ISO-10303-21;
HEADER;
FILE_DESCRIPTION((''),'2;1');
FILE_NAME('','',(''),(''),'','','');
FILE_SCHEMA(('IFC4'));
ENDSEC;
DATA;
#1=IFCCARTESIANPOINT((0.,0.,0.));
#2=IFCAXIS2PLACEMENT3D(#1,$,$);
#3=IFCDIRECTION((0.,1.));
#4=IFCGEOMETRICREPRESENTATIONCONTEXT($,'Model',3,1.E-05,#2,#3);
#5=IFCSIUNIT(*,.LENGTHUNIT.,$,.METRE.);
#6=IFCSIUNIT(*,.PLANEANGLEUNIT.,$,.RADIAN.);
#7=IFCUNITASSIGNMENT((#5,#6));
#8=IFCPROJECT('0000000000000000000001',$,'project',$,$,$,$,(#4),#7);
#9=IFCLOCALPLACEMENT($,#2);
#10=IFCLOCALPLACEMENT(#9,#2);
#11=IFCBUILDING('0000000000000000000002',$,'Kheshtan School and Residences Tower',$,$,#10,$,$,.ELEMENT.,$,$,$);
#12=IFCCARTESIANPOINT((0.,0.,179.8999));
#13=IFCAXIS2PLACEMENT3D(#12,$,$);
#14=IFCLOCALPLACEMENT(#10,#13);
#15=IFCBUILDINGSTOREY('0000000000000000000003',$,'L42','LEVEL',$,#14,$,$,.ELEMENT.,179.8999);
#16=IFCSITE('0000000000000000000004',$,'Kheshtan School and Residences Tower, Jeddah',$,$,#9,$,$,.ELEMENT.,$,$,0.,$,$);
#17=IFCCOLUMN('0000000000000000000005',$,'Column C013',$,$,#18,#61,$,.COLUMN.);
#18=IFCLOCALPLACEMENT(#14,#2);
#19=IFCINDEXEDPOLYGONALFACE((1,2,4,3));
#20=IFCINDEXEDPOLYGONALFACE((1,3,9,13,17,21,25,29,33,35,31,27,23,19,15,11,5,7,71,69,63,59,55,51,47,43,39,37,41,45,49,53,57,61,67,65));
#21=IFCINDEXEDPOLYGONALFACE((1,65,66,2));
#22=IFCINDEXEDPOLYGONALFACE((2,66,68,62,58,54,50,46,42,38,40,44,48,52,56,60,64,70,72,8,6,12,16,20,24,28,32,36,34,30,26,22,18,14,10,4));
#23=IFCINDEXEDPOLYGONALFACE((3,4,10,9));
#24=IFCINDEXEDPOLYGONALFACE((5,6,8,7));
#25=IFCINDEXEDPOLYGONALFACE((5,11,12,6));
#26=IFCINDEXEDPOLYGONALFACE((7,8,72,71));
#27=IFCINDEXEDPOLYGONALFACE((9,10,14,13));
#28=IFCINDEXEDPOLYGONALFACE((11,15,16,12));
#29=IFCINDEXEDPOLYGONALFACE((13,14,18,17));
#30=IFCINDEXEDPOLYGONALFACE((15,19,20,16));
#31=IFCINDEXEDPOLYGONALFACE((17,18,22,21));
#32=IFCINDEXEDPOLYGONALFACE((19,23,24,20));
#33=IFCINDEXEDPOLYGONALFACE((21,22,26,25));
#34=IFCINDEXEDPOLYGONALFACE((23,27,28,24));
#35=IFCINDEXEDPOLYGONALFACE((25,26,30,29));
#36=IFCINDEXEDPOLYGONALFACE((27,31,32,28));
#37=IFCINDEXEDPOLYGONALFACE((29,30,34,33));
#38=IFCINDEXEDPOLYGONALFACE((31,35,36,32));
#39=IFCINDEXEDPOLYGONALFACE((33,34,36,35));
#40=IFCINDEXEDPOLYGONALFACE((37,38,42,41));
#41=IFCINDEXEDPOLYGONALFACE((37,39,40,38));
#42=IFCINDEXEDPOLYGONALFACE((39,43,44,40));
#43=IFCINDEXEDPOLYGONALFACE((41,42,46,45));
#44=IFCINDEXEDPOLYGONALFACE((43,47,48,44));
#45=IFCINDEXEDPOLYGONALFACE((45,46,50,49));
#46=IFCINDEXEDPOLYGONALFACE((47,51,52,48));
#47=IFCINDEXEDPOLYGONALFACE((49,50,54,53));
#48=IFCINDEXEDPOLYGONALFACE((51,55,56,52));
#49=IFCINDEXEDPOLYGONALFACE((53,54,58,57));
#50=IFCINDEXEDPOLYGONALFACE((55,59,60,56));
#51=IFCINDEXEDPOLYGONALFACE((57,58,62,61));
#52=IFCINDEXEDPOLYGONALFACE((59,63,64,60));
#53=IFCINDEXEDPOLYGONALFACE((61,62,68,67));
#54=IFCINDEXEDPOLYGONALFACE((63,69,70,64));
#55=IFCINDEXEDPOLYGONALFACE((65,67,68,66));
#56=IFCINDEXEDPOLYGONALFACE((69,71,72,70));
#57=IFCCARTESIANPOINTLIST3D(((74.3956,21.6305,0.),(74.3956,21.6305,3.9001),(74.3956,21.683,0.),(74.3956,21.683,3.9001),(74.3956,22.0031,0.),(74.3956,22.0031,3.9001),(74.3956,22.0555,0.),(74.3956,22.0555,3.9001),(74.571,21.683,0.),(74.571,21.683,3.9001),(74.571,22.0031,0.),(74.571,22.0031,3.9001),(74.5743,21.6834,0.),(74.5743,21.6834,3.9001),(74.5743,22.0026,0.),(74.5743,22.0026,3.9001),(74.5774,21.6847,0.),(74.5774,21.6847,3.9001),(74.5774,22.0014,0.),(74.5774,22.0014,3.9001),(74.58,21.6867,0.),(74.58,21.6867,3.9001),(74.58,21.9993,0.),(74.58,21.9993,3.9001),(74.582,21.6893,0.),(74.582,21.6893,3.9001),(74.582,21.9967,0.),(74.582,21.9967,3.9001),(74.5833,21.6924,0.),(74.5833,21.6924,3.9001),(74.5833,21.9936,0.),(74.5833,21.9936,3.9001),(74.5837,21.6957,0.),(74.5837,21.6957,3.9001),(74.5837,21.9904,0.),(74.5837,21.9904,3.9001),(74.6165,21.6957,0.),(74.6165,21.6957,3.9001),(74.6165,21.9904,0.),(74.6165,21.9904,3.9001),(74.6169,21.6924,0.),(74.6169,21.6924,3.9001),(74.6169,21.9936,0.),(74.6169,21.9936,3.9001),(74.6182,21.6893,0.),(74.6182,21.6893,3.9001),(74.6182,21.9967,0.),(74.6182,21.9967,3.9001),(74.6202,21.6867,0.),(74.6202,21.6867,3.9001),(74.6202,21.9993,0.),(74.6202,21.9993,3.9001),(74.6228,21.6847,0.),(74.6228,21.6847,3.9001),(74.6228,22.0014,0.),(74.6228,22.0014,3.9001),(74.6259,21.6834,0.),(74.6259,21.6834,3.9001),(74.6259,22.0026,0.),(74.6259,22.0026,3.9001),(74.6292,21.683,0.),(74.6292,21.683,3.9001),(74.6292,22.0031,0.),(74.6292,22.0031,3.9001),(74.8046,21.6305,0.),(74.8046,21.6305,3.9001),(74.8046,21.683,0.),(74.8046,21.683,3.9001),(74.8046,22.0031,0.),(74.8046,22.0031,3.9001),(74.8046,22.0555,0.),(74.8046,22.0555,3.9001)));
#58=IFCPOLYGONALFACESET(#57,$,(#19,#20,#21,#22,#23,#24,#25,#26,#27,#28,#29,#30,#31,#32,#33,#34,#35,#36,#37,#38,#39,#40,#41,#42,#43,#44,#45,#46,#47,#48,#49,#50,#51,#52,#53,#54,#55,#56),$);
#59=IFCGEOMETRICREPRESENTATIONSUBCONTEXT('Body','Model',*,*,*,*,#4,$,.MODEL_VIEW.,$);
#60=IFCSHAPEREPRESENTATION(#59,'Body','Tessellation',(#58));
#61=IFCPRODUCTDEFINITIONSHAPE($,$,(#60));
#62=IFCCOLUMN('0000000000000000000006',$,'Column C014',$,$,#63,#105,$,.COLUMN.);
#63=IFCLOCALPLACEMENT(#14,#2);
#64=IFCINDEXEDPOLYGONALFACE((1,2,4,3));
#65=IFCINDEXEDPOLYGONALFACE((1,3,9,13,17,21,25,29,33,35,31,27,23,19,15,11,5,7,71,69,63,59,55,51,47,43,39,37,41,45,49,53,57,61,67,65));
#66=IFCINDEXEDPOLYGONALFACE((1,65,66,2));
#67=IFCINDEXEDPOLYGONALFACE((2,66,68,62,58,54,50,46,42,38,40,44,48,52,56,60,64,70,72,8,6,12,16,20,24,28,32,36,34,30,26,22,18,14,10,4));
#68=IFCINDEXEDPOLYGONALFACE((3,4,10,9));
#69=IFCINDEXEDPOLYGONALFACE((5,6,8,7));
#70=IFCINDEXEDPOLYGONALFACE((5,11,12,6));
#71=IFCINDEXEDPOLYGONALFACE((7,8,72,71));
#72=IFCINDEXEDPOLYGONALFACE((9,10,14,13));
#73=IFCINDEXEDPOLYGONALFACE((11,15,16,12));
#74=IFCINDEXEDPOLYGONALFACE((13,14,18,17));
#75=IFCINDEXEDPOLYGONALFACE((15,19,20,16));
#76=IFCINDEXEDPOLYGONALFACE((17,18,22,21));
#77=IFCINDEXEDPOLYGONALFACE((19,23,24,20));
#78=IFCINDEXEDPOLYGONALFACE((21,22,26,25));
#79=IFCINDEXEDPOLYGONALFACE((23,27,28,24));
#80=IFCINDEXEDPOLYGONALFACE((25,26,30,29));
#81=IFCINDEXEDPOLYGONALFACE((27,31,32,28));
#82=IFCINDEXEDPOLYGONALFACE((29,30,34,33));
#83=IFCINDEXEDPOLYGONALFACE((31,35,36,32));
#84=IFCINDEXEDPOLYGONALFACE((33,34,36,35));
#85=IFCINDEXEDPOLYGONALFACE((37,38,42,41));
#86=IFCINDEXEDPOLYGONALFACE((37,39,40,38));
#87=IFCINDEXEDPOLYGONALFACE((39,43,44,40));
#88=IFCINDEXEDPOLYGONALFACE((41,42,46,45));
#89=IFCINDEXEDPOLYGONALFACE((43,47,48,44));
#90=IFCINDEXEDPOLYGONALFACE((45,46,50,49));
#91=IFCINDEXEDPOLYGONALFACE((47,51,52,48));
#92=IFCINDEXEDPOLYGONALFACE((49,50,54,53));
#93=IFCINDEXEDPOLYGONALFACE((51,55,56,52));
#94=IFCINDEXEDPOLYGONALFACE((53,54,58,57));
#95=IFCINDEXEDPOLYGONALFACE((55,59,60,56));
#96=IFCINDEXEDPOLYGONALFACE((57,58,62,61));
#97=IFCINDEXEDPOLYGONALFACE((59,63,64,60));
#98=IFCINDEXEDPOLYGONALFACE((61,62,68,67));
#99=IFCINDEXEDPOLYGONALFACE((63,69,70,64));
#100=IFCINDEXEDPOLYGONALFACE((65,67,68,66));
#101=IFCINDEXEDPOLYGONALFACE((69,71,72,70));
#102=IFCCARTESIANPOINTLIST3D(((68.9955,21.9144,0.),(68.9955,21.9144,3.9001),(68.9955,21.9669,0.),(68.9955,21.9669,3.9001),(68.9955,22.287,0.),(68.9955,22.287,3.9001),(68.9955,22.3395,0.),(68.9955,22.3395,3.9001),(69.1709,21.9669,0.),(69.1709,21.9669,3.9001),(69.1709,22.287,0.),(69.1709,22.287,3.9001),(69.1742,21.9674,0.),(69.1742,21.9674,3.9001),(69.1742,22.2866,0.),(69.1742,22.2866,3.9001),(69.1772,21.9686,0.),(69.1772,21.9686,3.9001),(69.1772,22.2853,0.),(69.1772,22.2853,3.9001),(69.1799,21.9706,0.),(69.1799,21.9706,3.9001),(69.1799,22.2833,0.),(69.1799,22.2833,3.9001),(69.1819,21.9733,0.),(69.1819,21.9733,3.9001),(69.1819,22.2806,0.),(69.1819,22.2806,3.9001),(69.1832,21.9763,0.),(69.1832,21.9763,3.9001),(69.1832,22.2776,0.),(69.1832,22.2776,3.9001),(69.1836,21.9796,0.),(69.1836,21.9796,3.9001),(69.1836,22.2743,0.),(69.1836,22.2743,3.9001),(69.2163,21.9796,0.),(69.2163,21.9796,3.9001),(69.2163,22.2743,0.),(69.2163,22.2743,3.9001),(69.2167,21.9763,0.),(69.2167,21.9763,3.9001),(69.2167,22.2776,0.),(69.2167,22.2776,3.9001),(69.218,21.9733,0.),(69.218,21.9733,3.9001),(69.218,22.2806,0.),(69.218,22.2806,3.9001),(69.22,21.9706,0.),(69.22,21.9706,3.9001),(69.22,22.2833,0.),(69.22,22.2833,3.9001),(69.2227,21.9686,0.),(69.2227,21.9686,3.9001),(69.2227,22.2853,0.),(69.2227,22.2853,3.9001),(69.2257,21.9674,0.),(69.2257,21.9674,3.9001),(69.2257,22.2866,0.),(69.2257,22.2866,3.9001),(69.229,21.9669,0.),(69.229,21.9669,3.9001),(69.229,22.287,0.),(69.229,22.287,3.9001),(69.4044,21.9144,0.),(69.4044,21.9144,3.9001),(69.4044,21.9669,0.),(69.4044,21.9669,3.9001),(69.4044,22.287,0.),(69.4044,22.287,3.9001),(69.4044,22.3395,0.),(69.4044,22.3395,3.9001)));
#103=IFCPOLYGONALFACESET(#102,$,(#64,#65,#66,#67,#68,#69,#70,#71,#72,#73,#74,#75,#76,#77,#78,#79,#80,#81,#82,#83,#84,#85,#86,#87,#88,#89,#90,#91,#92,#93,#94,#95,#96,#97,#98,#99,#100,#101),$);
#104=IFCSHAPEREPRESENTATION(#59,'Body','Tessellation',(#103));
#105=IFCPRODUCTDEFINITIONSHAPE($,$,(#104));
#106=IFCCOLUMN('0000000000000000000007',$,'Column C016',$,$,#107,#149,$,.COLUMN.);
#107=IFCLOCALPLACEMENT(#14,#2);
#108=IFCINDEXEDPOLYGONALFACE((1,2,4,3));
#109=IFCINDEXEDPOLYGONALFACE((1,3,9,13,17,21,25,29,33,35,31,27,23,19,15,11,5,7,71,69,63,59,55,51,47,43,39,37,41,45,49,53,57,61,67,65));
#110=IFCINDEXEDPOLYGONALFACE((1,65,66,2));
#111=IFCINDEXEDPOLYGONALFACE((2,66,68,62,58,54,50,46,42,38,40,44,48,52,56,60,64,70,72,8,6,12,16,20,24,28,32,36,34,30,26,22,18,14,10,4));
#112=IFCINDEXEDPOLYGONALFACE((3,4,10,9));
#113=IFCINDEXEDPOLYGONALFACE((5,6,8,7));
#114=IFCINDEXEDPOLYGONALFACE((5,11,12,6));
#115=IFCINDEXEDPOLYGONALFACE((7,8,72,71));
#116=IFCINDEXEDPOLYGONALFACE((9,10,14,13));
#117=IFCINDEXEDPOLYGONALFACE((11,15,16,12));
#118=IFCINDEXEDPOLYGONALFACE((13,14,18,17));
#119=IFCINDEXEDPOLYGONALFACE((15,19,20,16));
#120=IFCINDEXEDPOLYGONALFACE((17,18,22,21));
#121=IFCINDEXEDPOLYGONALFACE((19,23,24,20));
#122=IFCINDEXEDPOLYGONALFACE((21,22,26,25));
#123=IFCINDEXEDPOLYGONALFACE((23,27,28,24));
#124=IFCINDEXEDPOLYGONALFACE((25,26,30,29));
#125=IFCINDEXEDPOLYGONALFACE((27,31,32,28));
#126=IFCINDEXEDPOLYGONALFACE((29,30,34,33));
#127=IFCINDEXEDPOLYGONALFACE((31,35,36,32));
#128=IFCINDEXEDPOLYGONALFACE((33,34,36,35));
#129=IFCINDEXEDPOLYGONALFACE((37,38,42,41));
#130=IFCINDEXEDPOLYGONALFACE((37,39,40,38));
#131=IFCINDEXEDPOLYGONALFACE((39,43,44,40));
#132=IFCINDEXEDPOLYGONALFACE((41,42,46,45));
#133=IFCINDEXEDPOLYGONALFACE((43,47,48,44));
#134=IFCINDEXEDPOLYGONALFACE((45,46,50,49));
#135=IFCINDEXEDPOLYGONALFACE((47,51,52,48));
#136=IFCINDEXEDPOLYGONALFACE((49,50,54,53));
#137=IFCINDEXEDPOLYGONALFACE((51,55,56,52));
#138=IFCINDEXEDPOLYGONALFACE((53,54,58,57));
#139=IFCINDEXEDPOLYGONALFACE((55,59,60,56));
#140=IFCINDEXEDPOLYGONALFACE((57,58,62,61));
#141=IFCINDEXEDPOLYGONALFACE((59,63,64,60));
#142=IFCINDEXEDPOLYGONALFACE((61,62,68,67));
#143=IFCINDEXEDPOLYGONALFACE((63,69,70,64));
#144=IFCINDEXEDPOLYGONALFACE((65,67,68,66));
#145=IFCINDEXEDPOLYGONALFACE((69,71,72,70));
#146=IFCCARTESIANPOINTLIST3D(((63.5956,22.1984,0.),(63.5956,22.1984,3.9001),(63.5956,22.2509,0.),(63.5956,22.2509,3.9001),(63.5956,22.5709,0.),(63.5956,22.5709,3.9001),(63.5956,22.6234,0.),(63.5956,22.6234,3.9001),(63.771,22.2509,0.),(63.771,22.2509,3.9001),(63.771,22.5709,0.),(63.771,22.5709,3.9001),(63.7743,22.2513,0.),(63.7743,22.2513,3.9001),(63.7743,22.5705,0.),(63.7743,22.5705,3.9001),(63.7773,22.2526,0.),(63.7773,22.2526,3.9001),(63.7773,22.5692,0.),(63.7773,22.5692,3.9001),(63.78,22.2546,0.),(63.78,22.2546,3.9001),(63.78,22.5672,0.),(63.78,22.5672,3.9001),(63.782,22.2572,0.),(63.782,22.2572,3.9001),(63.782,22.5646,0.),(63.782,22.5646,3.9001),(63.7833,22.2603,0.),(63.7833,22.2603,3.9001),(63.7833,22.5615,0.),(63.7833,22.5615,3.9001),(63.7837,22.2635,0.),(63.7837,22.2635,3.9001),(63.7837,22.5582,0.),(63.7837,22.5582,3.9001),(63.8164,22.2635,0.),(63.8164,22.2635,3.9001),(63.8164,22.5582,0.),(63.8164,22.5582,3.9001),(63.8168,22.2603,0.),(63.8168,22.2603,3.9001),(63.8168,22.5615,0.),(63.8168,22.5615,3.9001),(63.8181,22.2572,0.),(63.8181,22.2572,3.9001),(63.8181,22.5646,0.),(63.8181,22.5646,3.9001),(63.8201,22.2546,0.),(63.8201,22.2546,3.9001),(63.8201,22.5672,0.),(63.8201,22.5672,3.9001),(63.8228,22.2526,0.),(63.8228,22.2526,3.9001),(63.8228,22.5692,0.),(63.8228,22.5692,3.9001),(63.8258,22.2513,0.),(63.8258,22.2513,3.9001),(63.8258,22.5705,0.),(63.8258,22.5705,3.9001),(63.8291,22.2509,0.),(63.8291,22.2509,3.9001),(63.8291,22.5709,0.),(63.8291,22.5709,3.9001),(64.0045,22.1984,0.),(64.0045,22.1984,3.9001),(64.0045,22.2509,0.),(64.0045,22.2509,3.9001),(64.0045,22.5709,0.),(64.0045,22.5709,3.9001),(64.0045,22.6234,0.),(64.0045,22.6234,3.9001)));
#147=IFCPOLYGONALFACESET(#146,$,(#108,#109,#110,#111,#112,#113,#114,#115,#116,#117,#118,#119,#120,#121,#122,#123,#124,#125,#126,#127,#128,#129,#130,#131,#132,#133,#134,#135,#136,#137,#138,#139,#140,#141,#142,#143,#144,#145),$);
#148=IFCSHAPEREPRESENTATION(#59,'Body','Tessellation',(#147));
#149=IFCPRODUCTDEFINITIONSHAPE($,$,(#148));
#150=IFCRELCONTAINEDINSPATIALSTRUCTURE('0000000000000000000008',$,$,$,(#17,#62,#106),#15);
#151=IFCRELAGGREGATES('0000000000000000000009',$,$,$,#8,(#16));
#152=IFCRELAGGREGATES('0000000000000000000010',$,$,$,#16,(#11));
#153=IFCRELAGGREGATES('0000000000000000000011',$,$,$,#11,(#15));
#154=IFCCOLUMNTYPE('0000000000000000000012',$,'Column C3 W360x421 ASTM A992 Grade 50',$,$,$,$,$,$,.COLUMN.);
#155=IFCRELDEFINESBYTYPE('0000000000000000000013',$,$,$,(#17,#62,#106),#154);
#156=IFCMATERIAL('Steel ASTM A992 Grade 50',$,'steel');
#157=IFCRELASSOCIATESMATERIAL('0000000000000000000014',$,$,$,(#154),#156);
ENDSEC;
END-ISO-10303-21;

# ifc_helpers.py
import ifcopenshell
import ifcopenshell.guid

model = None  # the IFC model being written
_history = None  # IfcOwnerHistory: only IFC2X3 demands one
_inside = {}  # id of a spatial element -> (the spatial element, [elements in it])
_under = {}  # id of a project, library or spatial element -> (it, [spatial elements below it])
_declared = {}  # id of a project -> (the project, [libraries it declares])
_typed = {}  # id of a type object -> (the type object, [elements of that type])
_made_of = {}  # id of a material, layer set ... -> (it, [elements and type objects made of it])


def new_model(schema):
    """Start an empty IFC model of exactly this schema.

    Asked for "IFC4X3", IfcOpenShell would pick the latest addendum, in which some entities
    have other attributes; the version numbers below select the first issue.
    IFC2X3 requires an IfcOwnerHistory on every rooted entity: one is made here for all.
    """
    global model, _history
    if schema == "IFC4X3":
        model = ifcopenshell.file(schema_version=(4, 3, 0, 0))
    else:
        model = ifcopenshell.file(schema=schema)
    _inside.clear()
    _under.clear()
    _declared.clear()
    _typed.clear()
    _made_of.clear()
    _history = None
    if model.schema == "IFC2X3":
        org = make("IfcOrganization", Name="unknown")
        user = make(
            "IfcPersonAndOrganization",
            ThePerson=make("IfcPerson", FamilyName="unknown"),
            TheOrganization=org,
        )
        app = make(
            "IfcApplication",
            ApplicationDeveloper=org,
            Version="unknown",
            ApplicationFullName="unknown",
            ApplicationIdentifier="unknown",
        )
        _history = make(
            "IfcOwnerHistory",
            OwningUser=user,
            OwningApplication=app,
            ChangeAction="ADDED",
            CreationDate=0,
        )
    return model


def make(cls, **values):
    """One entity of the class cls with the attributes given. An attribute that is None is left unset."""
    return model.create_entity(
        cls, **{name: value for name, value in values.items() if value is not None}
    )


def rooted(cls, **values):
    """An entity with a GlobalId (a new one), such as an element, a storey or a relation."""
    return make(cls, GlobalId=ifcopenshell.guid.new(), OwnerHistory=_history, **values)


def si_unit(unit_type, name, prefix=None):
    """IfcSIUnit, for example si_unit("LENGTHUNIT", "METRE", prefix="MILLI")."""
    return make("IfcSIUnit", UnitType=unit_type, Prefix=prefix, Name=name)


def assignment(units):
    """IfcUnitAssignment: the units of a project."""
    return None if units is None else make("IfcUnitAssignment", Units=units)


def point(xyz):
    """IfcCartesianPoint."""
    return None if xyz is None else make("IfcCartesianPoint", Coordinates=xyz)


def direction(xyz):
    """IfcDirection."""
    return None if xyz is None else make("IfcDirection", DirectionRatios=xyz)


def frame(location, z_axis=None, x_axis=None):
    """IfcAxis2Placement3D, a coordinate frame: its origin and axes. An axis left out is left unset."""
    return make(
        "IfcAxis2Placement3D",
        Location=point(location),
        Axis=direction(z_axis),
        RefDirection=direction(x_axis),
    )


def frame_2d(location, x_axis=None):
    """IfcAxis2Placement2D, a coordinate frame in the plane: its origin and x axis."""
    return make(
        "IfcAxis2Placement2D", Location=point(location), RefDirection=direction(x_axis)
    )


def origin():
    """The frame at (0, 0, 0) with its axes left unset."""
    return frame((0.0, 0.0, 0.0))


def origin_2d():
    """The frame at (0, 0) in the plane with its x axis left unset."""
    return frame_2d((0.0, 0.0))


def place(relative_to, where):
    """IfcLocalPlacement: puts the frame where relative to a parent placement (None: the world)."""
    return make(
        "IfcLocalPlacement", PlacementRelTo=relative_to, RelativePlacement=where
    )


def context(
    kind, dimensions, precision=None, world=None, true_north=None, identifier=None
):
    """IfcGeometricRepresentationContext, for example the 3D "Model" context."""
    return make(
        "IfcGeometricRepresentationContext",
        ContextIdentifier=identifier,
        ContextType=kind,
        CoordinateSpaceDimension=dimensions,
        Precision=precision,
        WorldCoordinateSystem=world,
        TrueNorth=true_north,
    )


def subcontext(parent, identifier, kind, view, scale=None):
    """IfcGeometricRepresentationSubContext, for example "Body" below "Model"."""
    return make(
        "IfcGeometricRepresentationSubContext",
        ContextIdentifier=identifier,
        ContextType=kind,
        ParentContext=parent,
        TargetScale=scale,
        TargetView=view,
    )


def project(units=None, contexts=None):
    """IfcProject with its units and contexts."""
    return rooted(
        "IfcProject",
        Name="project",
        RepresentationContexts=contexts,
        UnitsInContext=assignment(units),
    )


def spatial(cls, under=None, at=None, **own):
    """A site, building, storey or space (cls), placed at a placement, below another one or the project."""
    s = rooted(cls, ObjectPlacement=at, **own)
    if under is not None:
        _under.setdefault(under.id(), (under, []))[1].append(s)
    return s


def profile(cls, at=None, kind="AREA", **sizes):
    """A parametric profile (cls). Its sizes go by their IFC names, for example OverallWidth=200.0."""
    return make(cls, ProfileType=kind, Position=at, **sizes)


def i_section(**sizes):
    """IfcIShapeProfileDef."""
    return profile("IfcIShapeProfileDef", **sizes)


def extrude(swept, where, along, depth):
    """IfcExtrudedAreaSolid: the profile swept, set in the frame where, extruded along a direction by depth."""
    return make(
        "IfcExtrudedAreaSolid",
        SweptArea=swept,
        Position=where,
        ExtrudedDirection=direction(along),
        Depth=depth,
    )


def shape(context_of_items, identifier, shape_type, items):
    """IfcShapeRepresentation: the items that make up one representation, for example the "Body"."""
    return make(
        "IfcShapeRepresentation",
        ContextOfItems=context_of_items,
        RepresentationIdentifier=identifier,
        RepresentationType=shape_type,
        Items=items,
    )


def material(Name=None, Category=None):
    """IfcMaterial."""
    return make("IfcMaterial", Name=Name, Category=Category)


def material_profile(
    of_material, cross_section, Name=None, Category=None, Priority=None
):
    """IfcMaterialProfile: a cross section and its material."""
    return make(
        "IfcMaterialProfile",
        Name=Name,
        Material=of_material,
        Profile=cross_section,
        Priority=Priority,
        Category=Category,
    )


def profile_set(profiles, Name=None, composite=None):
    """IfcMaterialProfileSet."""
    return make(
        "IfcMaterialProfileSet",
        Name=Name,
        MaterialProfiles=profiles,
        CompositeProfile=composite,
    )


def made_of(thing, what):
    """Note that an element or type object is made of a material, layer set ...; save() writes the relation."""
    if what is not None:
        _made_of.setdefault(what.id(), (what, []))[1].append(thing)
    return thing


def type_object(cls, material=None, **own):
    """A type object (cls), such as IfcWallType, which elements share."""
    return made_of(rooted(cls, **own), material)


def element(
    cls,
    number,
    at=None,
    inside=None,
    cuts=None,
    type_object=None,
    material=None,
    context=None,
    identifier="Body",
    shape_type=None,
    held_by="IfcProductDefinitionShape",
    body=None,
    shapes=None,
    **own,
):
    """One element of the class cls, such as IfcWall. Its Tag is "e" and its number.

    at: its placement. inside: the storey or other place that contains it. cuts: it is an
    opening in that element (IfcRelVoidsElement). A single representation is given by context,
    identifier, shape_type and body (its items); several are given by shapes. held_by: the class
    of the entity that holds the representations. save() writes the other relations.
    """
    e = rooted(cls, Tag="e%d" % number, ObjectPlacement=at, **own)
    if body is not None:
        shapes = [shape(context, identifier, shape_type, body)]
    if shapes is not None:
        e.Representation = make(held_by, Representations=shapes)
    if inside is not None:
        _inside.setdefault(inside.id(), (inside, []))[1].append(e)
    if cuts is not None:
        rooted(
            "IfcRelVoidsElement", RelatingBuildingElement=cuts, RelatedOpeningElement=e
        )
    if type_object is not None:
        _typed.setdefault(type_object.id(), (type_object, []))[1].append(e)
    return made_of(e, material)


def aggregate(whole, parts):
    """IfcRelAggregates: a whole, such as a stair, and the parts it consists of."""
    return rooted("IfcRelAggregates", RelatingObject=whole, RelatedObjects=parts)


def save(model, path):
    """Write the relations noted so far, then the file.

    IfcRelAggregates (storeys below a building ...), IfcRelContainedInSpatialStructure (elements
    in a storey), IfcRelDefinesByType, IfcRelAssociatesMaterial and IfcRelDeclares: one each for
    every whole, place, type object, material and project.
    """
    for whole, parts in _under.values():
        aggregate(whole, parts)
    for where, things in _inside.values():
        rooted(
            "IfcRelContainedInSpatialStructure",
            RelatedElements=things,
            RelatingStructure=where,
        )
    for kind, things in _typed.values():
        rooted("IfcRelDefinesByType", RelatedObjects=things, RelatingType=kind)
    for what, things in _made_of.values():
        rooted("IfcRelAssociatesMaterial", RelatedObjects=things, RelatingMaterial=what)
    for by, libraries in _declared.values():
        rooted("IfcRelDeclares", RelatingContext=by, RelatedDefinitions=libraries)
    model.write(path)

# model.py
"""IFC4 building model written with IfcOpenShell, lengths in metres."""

from ifc_helpers import new_model, si_unit, direction, frame, origin, origin_2d, place, context, subcontext, project, spatial, i_section, extrude, material, material_profile, profile_set, type_object, element, save


model = new_model("IFC4")

# Units and contexts
model_context = context("Model", 3, precision=1e-05, world=origin(), true_north=direction((0.0, 1.0)))
body_context = subcontext(model_context, "Body", "Model", "MODEL_VIEW")
ifc_project = project(units=[si_unit("LENGTHUNIT", "METRE"), si_unit("PLANEANGLEUNIT", "RADIAN")], contexts=[model_context])

# Site, building, storey
site_placement = place(None, origin())
site = spatial("IfcSite", under=ifc_project, at=site_placement, Name="Kheshtan School and Residences Tower, Jeddah", CompositionType="ELEMENT", RefElevation=0.0)
building_placement = place(site_placement, origin())
building = spatial("IfcBuilding", under=site, at=building_placement, Name="Kheshtan School and Residences Tower", CompositionType="ELEMENT")
storey_placement = place(building_placement, frame((0.0, 0.0, 179.8999)))
storey = spatial("IfcBuildingStorey", under=building, at=storey_placement, Name="L42", Description="LEVEL", CompositionType="ELEMENT", Elevation=179.8999)

# Columns
ifc_material_1 = material(Name="Steel ASTM A992 Grade 50", Category="steel")
ifc_material_profile_1 = material_profile(ifc_material_1, i_section(OverallWidth=0.4089, OverallDepth=0.425, WebThickness=0.0327, FlangeThickness=0.0525, FilletRadius=0.0127, at=origin_2d()), Name="W360x421")
ifc_profile_set_1 = profile_set([ifc_material_profile_1], Name="Steel ASTM A992 Grade 50")
column_type_1 = type_object("IfcColumnType", Name="Column C3 W360x421 ASTM A992 Grade 50", PredefinedType="COLUMN", material=ifc_profile_set_1)
for number, where, z_axis, x_axis, name in (
    (1, (74.6001, 21.843, 0.0), (0.0, 0.0, 1.0), (1.0, 0.0, 0.0), "Column C013"),
    (2, (69.2, 22.127, 0.0), (0.0, 0.0, 1.0), (1.0, 0.0, 0.0), "Column C014"),
    (3, (63.8, 22.4109, 0.0), (0.0, 0.0, 1.0), (1.0, 0.0, 0.0), "Column C016"),
):
    element("IfcColumn", number, at=place(storey_placement, frame(where, z_axis=z_axis, x_axis=x_axis)), inside=storey, type_object=column_type_1, Name=name, PredefinedType="COLUMN", context=body_context, shape_type="SweptSolid", body=[
        extrude(i_section(OverallWidth=0.4089, OverallDepth=0.425, WebThickness=0.0327, FlangeThickness=0.0525, FilletRadius=0.0127, at=origin_2d()), origin(), (0.0, 0.0, 1.0), 3.9001),
    ])

save(model, "model.ifc")
